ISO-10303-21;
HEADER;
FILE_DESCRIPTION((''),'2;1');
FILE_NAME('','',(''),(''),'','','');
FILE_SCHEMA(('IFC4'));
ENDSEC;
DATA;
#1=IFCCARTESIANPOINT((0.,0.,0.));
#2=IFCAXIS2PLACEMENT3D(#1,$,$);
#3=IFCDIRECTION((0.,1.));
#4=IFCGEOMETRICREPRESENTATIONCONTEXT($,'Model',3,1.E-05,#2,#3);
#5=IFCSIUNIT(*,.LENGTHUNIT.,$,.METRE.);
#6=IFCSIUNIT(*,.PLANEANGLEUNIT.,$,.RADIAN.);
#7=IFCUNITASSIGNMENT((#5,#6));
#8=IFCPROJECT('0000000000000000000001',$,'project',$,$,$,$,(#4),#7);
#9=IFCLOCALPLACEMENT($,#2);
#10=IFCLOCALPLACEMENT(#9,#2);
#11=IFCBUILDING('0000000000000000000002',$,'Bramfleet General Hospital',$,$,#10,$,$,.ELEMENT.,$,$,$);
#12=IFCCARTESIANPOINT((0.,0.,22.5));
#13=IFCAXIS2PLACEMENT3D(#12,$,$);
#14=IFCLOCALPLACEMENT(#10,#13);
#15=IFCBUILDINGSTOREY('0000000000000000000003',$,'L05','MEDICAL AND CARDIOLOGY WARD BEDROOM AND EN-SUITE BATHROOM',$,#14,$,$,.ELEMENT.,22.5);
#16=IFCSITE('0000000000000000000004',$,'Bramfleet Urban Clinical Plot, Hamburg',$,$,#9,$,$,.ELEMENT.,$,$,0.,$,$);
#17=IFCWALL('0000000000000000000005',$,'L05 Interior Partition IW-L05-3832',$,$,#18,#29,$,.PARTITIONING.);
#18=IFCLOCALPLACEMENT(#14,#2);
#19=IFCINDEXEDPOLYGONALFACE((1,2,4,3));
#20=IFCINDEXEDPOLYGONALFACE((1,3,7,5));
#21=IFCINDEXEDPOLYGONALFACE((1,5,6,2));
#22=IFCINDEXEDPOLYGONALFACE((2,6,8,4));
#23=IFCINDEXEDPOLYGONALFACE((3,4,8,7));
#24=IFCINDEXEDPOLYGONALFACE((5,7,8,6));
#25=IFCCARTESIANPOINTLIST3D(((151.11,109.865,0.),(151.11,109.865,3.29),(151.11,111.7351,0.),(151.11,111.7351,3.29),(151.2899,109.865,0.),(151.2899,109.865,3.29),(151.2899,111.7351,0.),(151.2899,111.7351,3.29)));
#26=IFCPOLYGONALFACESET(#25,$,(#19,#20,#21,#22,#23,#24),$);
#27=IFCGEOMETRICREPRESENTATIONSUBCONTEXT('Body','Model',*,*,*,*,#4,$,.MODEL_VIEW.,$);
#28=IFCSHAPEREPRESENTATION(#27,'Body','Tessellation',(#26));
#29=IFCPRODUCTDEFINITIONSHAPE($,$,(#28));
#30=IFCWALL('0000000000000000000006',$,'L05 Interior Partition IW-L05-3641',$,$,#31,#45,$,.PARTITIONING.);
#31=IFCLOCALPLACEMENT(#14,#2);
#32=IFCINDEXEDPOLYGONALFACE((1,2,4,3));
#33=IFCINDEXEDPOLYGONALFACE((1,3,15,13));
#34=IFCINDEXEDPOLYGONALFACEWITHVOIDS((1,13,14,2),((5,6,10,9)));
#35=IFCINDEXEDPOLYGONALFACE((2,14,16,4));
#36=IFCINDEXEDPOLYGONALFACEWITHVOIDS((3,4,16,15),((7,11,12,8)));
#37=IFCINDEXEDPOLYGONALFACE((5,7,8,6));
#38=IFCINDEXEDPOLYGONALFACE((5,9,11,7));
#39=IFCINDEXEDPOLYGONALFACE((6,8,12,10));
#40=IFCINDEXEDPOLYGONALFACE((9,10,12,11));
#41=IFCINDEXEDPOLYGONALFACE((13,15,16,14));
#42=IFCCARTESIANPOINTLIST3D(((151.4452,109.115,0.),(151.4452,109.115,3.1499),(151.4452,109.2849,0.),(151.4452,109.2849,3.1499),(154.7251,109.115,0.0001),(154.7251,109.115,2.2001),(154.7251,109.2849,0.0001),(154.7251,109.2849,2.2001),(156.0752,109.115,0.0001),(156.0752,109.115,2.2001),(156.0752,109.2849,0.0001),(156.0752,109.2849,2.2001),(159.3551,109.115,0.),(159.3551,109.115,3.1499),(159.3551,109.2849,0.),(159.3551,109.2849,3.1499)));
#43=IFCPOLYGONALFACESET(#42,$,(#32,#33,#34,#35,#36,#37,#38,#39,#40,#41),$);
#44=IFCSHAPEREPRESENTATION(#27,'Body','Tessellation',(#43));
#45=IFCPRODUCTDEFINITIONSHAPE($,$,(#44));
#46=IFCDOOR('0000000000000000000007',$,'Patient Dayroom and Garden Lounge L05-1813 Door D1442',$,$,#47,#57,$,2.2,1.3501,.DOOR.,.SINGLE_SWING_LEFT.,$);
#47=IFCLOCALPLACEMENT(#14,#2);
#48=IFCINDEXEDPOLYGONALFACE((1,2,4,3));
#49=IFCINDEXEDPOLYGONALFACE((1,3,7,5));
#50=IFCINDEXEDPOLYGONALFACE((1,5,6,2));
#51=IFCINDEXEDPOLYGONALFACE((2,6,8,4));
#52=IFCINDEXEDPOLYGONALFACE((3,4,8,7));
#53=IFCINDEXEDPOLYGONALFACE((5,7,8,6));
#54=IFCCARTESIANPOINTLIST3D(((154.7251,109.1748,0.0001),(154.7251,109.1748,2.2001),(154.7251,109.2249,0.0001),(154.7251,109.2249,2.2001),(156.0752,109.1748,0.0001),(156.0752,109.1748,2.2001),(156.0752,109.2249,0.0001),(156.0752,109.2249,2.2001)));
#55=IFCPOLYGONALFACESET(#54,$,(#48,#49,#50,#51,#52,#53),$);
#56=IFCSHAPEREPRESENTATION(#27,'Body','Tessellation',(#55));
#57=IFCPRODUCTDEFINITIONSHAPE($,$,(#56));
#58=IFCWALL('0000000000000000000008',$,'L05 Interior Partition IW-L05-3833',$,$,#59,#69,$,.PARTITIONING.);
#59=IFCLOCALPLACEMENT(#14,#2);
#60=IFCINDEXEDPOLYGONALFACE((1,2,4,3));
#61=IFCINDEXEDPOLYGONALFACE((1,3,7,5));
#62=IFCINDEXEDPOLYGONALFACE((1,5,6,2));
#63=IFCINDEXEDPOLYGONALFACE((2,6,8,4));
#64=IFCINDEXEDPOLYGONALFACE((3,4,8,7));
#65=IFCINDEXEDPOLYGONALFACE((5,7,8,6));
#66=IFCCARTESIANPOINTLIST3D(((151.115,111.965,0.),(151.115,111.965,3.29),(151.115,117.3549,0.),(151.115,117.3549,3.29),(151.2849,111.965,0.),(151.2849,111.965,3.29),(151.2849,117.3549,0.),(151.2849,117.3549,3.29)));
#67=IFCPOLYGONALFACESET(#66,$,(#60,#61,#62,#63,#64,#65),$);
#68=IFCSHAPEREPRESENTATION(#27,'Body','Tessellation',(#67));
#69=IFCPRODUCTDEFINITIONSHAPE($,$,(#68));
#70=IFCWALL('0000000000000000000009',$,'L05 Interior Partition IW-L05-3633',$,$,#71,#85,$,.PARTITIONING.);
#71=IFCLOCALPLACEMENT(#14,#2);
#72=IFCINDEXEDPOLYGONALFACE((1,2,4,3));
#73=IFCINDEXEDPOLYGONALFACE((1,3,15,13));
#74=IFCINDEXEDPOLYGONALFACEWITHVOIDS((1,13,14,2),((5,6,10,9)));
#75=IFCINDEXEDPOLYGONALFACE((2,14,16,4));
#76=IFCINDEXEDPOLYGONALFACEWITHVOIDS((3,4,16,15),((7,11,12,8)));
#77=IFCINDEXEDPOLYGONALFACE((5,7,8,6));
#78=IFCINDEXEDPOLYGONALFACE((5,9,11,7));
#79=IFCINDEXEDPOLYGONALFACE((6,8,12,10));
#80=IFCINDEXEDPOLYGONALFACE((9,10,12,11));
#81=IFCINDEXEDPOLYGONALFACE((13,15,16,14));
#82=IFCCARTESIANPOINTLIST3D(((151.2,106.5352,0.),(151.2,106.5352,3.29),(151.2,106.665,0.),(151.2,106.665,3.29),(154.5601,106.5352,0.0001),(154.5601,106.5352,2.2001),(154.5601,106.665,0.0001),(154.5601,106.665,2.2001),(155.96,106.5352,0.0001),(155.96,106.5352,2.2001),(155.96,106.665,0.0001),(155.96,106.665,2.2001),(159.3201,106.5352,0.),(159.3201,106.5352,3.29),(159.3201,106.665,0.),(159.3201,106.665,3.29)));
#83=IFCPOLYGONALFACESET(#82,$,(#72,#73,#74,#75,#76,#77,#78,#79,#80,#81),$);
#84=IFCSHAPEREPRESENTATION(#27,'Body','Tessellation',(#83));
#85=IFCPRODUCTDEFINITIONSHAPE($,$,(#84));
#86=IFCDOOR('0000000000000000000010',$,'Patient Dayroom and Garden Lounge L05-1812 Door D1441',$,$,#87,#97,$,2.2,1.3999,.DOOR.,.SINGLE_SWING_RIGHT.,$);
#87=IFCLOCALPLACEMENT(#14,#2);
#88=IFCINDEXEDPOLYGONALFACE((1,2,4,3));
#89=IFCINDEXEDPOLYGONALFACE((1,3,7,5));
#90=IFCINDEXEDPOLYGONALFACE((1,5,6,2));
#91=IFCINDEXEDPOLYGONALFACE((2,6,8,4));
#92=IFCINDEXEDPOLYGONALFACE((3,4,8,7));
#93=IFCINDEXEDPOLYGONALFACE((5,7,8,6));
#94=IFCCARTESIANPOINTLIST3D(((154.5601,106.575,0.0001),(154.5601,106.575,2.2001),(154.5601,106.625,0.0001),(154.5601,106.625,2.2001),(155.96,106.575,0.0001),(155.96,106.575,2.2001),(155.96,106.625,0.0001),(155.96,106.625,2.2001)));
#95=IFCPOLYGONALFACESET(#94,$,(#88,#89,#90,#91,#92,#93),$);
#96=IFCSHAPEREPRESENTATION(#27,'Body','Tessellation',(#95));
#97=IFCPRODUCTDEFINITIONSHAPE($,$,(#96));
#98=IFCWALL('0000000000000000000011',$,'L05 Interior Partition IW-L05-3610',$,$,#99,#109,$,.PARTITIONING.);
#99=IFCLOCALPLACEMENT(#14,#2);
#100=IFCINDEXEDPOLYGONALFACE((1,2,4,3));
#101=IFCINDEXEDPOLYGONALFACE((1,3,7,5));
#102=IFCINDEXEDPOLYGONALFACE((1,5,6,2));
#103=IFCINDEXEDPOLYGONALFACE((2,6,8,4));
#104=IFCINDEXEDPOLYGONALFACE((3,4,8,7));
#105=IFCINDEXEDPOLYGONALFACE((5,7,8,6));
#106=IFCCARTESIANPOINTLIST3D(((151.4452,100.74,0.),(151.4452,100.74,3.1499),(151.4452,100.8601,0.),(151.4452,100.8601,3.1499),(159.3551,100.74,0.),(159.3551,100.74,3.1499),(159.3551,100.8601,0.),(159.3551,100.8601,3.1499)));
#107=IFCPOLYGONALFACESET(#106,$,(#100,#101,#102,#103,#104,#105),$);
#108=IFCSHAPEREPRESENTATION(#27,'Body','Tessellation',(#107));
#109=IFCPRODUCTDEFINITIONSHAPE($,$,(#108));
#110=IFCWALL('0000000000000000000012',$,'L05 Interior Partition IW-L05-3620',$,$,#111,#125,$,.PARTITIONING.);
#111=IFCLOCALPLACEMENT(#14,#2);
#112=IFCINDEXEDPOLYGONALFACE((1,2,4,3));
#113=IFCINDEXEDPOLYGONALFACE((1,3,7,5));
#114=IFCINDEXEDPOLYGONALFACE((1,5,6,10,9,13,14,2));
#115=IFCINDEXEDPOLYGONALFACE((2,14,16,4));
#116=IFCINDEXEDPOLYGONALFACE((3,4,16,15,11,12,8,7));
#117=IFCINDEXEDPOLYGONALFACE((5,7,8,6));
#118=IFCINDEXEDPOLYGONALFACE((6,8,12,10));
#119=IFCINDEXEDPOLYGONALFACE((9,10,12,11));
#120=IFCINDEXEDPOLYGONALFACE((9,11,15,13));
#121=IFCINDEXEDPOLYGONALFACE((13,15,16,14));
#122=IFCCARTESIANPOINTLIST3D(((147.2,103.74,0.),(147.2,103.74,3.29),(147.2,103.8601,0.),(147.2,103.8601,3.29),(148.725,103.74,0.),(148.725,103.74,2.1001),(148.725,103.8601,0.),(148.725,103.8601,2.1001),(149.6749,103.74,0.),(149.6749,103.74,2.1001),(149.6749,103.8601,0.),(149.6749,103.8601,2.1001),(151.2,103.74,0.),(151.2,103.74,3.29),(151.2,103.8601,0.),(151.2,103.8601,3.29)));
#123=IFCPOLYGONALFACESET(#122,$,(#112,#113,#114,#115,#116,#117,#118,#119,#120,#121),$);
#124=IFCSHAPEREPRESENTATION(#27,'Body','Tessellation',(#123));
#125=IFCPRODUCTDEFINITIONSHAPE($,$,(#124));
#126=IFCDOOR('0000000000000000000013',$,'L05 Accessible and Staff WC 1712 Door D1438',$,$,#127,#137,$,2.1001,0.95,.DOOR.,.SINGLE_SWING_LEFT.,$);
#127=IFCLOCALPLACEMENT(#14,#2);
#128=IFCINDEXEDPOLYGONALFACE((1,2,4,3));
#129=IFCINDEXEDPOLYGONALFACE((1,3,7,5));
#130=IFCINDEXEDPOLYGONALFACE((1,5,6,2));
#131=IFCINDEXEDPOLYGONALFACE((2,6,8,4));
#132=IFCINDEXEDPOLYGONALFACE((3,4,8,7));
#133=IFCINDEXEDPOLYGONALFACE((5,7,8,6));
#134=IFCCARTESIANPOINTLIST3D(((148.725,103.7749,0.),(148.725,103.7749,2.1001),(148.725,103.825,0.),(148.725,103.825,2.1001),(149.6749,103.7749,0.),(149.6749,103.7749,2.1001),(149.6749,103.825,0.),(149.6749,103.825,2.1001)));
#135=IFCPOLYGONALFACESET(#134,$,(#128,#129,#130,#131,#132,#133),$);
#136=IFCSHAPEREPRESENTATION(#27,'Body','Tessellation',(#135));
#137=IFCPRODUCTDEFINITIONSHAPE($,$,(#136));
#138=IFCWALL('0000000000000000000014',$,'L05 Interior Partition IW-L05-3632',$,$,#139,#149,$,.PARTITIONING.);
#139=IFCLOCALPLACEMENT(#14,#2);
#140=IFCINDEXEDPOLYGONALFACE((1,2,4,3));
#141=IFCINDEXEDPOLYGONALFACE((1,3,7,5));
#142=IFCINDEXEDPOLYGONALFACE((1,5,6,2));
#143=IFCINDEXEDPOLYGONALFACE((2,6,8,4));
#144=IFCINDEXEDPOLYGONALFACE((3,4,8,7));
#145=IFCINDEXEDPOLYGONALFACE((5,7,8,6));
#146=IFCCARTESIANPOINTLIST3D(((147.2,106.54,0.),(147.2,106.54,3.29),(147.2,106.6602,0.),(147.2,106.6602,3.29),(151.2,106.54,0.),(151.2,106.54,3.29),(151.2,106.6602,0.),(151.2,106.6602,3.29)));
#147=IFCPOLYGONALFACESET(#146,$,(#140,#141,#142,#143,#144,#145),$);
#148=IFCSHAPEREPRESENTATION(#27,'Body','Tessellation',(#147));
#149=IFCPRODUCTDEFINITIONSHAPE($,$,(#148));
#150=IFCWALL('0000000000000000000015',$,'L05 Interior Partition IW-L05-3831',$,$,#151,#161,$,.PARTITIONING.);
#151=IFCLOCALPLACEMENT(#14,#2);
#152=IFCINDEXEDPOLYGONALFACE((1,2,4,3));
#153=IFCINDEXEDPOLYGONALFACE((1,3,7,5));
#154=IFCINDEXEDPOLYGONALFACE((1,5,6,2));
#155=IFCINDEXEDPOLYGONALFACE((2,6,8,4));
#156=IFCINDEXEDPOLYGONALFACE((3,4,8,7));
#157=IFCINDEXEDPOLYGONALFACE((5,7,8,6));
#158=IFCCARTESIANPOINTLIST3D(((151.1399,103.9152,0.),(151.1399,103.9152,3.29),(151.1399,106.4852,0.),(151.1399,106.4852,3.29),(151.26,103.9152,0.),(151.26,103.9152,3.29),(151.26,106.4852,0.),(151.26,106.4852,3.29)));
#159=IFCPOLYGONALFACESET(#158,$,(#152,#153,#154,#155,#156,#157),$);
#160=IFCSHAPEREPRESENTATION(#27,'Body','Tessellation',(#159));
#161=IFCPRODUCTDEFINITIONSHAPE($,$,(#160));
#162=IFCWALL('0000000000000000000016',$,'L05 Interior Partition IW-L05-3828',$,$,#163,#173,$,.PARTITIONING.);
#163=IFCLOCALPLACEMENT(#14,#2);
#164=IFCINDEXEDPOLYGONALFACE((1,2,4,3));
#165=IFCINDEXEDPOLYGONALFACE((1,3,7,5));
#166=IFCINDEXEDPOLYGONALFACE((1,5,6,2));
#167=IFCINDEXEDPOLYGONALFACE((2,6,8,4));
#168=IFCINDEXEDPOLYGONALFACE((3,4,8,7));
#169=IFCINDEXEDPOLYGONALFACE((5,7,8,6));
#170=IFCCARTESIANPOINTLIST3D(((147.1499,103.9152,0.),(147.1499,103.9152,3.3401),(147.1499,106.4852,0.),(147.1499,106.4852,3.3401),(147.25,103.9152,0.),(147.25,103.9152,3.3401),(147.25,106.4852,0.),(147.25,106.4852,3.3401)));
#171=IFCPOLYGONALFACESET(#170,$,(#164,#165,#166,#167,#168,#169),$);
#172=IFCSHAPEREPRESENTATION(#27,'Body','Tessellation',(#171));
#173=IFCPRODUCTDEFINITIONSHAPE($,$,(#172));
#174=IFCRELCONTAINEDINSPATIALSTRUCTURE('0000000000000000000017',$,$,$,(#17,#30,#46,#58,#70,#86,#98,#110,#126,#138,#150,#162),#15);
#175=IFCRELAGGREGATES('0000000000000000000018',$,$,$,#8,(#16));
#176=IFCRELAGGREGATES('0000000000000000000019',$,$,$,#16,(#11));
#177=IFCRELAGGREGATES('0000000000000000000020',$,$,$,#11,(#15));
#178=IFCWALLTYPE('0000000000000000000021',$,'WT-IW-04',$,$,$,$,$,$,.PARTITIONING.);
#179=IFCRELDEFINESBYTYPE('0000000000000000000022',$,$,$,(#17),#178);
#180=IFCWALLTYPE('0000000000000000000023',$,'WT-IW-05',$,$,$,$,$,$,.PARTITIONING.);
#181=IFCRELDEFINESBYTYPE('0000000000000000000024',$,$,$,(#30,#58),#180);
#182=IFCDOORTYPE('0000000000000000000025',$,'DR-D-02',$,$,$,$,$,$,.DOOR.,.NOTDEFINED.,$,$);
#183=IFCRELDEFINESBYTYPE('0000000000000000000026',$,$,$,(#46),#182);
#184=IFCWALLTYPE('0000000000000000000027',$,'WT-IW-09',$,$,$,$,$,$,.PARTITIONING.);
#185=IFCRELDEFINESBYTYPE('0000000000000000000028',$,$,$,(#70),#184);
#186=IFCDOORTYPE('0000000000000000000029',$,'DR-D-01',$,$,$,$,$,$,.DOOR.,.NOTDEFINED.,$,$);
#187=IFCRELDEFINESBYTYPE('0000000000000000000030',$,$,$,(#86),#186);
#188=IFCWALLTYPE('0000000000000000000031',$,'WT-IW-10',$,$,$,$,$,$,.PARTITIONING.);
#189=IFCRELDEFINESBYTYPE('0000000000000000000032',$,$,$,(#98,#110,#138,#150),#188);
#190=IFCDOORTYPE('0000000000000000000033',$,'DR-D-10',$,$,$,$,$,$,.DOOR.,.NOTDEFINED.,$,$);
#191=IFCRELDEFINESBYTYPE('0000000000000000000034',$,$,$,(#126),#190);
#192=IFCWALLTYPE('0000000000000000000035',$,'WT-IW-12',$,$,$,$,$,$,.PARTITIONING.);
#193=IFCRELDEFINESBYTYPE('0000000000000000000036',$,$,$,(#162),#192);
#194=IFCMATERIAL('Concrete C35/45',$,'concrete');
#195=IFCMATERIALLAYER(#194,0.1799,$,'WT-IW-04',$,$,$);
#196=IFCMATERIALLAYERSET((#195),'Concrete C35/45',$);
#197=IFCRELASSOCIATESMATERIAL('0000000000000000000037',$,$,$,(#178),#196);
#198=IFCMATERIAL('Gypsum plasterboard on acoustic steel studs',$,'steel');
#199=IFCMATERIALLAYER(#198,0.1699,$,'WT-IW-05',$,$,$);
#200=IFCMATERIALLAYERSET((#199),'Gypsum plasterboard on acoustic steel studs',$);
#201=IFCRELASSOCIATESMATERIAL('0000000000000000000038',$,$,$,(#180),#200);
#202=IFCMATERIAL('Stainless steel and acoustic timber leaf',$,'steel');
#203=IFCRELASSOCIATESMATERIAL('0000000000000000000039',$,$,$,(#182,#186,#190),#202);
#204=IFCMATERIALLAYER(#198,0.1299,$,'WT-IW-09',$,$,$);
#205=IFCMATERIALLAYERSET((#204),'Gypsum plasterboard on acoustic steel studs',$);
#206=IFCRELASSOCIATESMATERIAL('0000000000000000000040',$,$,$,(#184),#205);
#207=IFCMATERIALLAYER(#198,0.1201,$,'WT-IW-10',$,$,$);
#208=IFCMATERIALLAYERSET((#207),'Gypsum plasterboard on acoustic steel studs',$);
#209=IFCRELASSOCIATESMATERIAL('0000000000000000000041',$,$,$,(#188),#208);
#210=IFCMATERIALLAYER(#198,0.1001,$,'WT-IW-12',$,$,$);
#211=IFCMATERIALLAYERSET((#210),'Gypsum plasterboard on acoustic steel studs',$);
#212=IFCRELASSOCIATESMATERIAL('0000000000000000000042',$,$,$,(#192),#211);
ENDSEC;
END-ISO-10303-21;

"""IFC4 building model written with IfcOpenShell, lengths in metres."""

from ifc_helpers import new_model, si_unit, direction, frame, frame_2d, origin, place, context, subcontext, project, spatial, rectangle, extrude, material, layer, layer_set, type_object, element, fill, save


model = new_model("IFC4")

# Units and contexts
model_context = context("Model", 3, precision=1e-05, world=origin(), true_north=direction((0.0, 1.0)))
body_context = subcontext(model_context, "Body", "Model", "MODEL_VIEW")
ifc_project = project(units=[si_unit("LENGTHUNIT", "METRE"), si_unit("PLANEANGLEUNIT", "RADIAN")], contexts=[model_context])

# Site, building, storey
site_placement = place(None, origin())
site = spatial("IfcSite", under=ifc_project, at=site_placement, Name="Bramfleet Urban Clinical Plot, Hamburg", CompositionType="ELEMENT", RefElevation=0.0)
building_placement = place(site_placement, origin())
building = spatial("IfcBuilding", under=site, at=building_placement, Name="Bramfleet General Hospital", CompositionType="ELEMENT")
storey_placement = place(building_placement, frame((0.0, 0.0, 22.5)))
storey = spatial("IfcBuildingStorey", under=building, at=storey_placement, Name="L05", Description="MEDICAL AND CARDIOLOGY WARD BEDROOM AND EN-SUITE BATHROOM", CompositionType="ELEMENT", Elevation=22.5)

# Wall
ifc_material_1 = material(Name="Concrete C35/45", Category="concrete")
ifc_layer_1 = layer(ifc_material_1, 0.1799, Name="WT-IW-04")
ifc_layer_set_1 = layer_set([ifc_layer_1], Name="Concrete C35/45")
wall_type_1 = type_object("IfcWallType", Name="WT-IW-04", PredefinedType="PARTITIONING", material=ifc_layer_set_1)
wall_1_placement = place(storey_placement, frame((151.2, 109.865, 0.0), z_axis=(0.0, 0.0, 1.0), x_axis=(0.0, 1.0, 0.0)))
element("IfcWall", 1, at=wall_1_placement, inside=storey, type_object=wall_type_1, Name="L05 Interior Partition IW-L05-3832", PredefinedType="PARTITIONING", context=body_context, shape_type="SweptSolid", body=[
    extrude(rectangle(XDim=1.8701, YDim=0.1799, at=frame_2d((0.9351, 0.0))), origin(), (0.0, 0.0, 1.0), 3.29),
])

# Wall, opening, door
ifc_material_2 = material(Name="Gypsum plasterboard on acoustic steel studs", Category="steel")
ifc_layer_2 = layer(ifc_material_2, 0.1699, Name="WT-IW-05")
ifc_layer_set_2 = layer_set([ifc_layer_2], Name="Gypsum plasterboard on acoustic steel studs")
wall_type_2 = type_object("IfcWallType", Name="WT-IW-05", PredefinedType="PARTITIONING", material=ifc_layer_set_2)
wall_2_placement = place(storey_placement, frame((151.4451, 109.2, 0.0), z_axis=(0.0, 0.0, 1.0), x_axis=(1.0, 0.0, 0.0)))
wall_2 = element("IfcWall", 2, at=wall_2_placement, inside=storey, type_object=wall_type_2, Name="L05 Interior Partition IW-L05-3641", PredefinedType="PARTITIONING", context=body_context, shape_type="SweptSolid", body=[
    extrude(rectangle(XDim=7.9099, YDim=0.1699, at=frame_2d((3.9551, 0.0))), origin(), (0.0, 0.0, 1.0), 3.1499),
])
opening_1_placement = place(wall_2_placement, frame((3.28, 0.0, 0.0)))
opening_1 = element("IfcOpeningElement", 3, at=opening_1_placement, cuts=wall_2, PredefinedType="OPENING", context=body_context, shape_type="SweptSolid", body=[
    extrude(rectangle(XDim=1.3501, YDim=2.2, at=frame_2d((0.675, 1.1001))), frame((0.0, 0.095, 0.0), z_axis=(0.0, -1.0, 0.0), x_axis=(1.0, 0.0, 0.0)), (0.0, 0.0, 1.0), 0.1899),
])
ifc_material_3 = material(Name="Stainless steel and acoustic timber leaf", Category="steel")
door_type_1 = type_object("IfcDoorType", Name="DR-D-02", OperationType="NOTDEFINED", PredefinedType="DOOR", material=ifc_material_3)
door_1_placement = place(opening_1_placement, origin())
door_1 = element("IfcDoor", 4, at=door_1_placement, inside=storey, type_object=door_type_1, Name="Patient Dayroom and Garden Lounge L05-1813 Door D1442", OperationType="SINGLE_SWING_LEFT", OverallHeight=2.2, OverallWidth=1.3501, PredefinedType="DOOR", context=body_context, shape_type="SweptSolid", body=[
    extrude(rectangle(XDim=1.3501, YDim=2.2, at=frame_2d((0.675, 1.1001))), frame((0.0, 0.0249, 0.0), z_axis=(0.0, -1.0, 0.0), x_axis=(1.0, 0.0, 0.0)), (0.0, 0.0, 1.0), 0.05),
])
fill(opening_1, door_1)

# Wall
wall_3_placement = place(storey_placement, frame((151.2, 111.9651, 0.0), z_axis=(0.0, 0.0, 1.0), x_axis=(0.0, 1.0, 0.0)))
element("IfcWall", 5, at=wall_3_placement, inside=storey, type_object=wall_type_2, Name="L05 Interior Partition IW-L05-3833", PredefinedType="PARTITIONING", context=body_context, shape_type="SweptSolid", body=[
    extrude(rectangle(XDim=5.3899, YDim=0.1699, at=frame_2d((2.6948, 0.0))), origin(), (0.0, 0.0, 1.0), 3.29),
])

# Wall, opening, door
ifc_layer_3 = layer(ifc_material_2, 0.1299, Name="WT-IW-09")
ifc_layer_set_3 = layer_set([ifc_layer_3], Name="Gypsum plasterboard on acoustic steel studs")
wall_type_3 = type_object("IfcWallType", Name="WT-IW-09", PredefinedType="PARTITIONING", material=ifc_layer_set_3)
wall_4_placement = place(storey_placement, frame((151.2, 106.6001, 0.0), z_axis=(0.0, 0.0, 1.0), x_axis=(1.0, 0.0, 0.0)))
wall_4 = element("IfcWall", 6, at=wall_4_placement, inside=storey, type_object=wall_type_3, Name="L05 Interior Partition IW-L05-3633", PredefinedType="PARTITIONING", context=body_context, shape_type="SweptSolid", body=[
    extrude(rectangle(XDim=8.1201, YDim=0.1299, at=frame_2d((4.0601, 0.0))), origin(), (0.0, 0.0, 1.0), 3.29),
])
opening_2_placement = place(wall_4_placement, frame((3.3601, 0.0, 0.0)))
opening_2 = element("IfcOpeningElement", 7, at=opening_2_placement, cuts=wall_4, PredefinedType="OPENING", context=body_context, shape_type="SweptSolid", body=[
    extrude(rectangle(XDim=1.3999, YDim=2.2, at=frame_2d((0.7, 1.1001))), frame((0.0, 0.075, 0.0), z_axis=(0.0, -1.0, 0.0), x_axis=(1.0, 0.0, 0.0)), (0.0, 0.0, 1.0), 0.1499),
])
door_type_2 = type_object("IfcDoorType", Name="DR-D-01", OperationType="NOTDEFINED", PredefinedType="DOOR", material=ifc_material_3)
door_2_placement = place(opening_2_placement, origin())
door_2 = element("IfcDoor", 8, at=door_2_placement, inside=storey, type_object=door_type_2, Name="Patient Dayroom and Garden Lounge L05-1812 Door D1441", OperationType="SINGLE_SWING_RIGHT", OverallHeight=2.2, OverallWidth=1.3999, PredefinedType="DOOR", context=body_context, shape_type="SweptSolid", body=[
    extrude(rectangle(XDim=1.3999, YDim=2.2, at=frame_2d((0.7, 1.1001))), frame((0.0, 0.0249, 0.0), z_axis=(0.0, -1.0, 0.0), x_axis=(1.0, 0.0, 0.0)), (0.0, 0.0, 1.0), 0.05),
])
fill(opening_2, door_2)

# Wall
ifc_layer_4 = layer(ifc_material_2, 0.1201, Name="WT-IW-10")
ifc_layer_set_4 = layer_set([ifc_layer_4], Name="Gypsum plasterboard on acoustic steel studs")
wall_type_4 = type_object("IfcWallType", Name="WT-IW-10", PredefinedType="PARTITIONING", material=ifc_layer_set_4)
wall_5_placement = place(storey_placement, frame((151.4451, 100.8, 0.0), z_axis=(0.0, 0.0, 1.0), x_axis=(1.0, 0.0, 0.0)))
element("IfcWall", 9, at=wall_5_placement, inside=storey, type_object=wall_type_4, Name="L05 Interior Partition IW-L05-3610", PredefinedType="PARTITIONING", context=body_context, shape_type="SweptSolid", body=[
    extrude(rectangle(XDim=7.9099, YDim=0.1201, at=frame_2d((3.9551, 0.0))), origin(), (0.0, 0.0, 1.0), 3.1499),
])

# Wall, opening, door
wall_6_placement = place(storey_placement, frame((147.2, 103.8, 0.0), z_axis=(0.0, 0.0, 1.0), x_axis=(1.0, 0.0, 0.0)))
wall_6 = element("IfcWall", 10, at=wall_6_placement, inside=storey, type_object=wall_type_4, Name="L05 Interior Partition IW-L05-3620", PredefinedType="PARTITIONING", context=body_context, shape_type="SweptSolid", body=[
    extrude(rectangle(XDim=4.0, YDim=0.1201, at=frame_2d((2.0, 0.0))), origin(), (0.0, 0.0, 1.0), 3.29),
])
opening_3_placement = place(wall_6_placement, frame((1.5249, 0.0, 0.0)))
opening_3 = element("IfcOpeningElement", 11, at=opening_3_placement, cuts=wall_6, PredefinedType="OPENING", context=body_context, shape_type="SweptSolid", body=[
    extrude(rectangle(XDim=0.95, YDim=2.1001, at=frame_2d((0.4751, 1.05))), frame((0.0, 0.0701, 0.0), z_axis=(0.0, -1.0, 0.0), x_axis=(1.0, 0.0, 0.0)), (0.0, 0.0, 1.0), 0.1401),
])
door_type_3 = type_object("IfcDoorType", Name="DR-D-10", OperationType="NOTDEFINED", PredefinedType="DOOR", material=ifc_material_3)
door_3_placement = place(opening_3_placement, origin())
door_3 = element("IfcDoor", 12, at=door_3_placement, inside=storey, type_object=door_type_3, Name="L05 Accessible and Staff WC 1712 Door D1438", OperationType="SINGLE_SWING_LEFT", OverallHeight=2.1001, OverallWidth=0.95, PredefinedType="DOOR", context=body_context, shape_type="SweptSolid", body=[
    extrude(rectangle(XDim=0.95, YDim=2.1001, at=frame_2d((0.4751, 1.05))), frame((0.0, 0.0249, 0.0), z_axis=(0.0, -1.0, 0.0), x_axis=(1.0, 0.0, 0.0)), (0.0, 0.0, 1.0), 0.05),
])
fill(opening_3, door_3)

# Walls
wall_7_placement = place(storey_placement, frame((147.2, 106.6001, 0.0), z_axis=(0.0, 0.0, 1.0), x_axis=(1.0, 0.0, 0.0)))
element("IfcWall", 13, at=wall_7_placement, inside=storey, type_object=wall_type_4, Name="L05 Interior Partition IW-L05-3632", PredefinedType="PARTITIONING", context=body_context, shape_type="SweptSolid", body=[
    extrude(rectangle(XDim=4.0, YDim=0.1201, at=frame_2d((2.0, 0.0))), origin(), (0.0, 0.0, 1.0), 3.29),
])
wall_8_placement = place(storey_placement, frame((151.2, 103.915, 0.0), z_axis=(0.0, 0.0, 1.0), x_axis=(0.0, 1.0, 0.0)))
element("IfcWall", 14, at=wall_8_placement, inside=storey, type_object=wall_type_4, Name="L05 Interior Partition IW-L05-3831", PredefinedType="PARTITIONING", context=body_context, shape_type="SweptSolid", body=[
    extrude(rectangle(XDim=2.5701, YDim=0.1201, at=frame_2d((1.2852, 0.0))), origin(), (0.0, 0.0, 1.0), 3.29),
])
ifc_layer_5 = layer(ifc_material_2, 0.1001, Name="WT-IW-12")
ifc_layer_set_5 = layer_set([ifc_layer_5], Name="Gypsum plasterboard on acoustic steel studs")
wall_type_5 = type_object("IfcWallType", Name="WT-IW-12", PredefinedType="PARTITIONING", material=ifc_layer_set_5)
wall_9_placement = place(storey_placement, frame((147.2, 103.915, 0.0), z_axis=(0.0, 0.0, 1.0), x_axis=(0.0, 1.0, 0.0)))
element("IfcWall", 15, at=wall_9_placement, inside=storey, type_object=wall_type_5, Name="L05 Interior Partition IW-L05-3828", PredefinedType="PARTITIONING", context=body_context, shape_type="SweptSolid", body=[
    extrude(rectangle(XDim=2.5701, YDim=0.1001, at=frame_2d((1.2852, 0.0))), origin(), (0.0, 0.0, 1.0), 3.3401),
])

save(model, "model.ifc")
